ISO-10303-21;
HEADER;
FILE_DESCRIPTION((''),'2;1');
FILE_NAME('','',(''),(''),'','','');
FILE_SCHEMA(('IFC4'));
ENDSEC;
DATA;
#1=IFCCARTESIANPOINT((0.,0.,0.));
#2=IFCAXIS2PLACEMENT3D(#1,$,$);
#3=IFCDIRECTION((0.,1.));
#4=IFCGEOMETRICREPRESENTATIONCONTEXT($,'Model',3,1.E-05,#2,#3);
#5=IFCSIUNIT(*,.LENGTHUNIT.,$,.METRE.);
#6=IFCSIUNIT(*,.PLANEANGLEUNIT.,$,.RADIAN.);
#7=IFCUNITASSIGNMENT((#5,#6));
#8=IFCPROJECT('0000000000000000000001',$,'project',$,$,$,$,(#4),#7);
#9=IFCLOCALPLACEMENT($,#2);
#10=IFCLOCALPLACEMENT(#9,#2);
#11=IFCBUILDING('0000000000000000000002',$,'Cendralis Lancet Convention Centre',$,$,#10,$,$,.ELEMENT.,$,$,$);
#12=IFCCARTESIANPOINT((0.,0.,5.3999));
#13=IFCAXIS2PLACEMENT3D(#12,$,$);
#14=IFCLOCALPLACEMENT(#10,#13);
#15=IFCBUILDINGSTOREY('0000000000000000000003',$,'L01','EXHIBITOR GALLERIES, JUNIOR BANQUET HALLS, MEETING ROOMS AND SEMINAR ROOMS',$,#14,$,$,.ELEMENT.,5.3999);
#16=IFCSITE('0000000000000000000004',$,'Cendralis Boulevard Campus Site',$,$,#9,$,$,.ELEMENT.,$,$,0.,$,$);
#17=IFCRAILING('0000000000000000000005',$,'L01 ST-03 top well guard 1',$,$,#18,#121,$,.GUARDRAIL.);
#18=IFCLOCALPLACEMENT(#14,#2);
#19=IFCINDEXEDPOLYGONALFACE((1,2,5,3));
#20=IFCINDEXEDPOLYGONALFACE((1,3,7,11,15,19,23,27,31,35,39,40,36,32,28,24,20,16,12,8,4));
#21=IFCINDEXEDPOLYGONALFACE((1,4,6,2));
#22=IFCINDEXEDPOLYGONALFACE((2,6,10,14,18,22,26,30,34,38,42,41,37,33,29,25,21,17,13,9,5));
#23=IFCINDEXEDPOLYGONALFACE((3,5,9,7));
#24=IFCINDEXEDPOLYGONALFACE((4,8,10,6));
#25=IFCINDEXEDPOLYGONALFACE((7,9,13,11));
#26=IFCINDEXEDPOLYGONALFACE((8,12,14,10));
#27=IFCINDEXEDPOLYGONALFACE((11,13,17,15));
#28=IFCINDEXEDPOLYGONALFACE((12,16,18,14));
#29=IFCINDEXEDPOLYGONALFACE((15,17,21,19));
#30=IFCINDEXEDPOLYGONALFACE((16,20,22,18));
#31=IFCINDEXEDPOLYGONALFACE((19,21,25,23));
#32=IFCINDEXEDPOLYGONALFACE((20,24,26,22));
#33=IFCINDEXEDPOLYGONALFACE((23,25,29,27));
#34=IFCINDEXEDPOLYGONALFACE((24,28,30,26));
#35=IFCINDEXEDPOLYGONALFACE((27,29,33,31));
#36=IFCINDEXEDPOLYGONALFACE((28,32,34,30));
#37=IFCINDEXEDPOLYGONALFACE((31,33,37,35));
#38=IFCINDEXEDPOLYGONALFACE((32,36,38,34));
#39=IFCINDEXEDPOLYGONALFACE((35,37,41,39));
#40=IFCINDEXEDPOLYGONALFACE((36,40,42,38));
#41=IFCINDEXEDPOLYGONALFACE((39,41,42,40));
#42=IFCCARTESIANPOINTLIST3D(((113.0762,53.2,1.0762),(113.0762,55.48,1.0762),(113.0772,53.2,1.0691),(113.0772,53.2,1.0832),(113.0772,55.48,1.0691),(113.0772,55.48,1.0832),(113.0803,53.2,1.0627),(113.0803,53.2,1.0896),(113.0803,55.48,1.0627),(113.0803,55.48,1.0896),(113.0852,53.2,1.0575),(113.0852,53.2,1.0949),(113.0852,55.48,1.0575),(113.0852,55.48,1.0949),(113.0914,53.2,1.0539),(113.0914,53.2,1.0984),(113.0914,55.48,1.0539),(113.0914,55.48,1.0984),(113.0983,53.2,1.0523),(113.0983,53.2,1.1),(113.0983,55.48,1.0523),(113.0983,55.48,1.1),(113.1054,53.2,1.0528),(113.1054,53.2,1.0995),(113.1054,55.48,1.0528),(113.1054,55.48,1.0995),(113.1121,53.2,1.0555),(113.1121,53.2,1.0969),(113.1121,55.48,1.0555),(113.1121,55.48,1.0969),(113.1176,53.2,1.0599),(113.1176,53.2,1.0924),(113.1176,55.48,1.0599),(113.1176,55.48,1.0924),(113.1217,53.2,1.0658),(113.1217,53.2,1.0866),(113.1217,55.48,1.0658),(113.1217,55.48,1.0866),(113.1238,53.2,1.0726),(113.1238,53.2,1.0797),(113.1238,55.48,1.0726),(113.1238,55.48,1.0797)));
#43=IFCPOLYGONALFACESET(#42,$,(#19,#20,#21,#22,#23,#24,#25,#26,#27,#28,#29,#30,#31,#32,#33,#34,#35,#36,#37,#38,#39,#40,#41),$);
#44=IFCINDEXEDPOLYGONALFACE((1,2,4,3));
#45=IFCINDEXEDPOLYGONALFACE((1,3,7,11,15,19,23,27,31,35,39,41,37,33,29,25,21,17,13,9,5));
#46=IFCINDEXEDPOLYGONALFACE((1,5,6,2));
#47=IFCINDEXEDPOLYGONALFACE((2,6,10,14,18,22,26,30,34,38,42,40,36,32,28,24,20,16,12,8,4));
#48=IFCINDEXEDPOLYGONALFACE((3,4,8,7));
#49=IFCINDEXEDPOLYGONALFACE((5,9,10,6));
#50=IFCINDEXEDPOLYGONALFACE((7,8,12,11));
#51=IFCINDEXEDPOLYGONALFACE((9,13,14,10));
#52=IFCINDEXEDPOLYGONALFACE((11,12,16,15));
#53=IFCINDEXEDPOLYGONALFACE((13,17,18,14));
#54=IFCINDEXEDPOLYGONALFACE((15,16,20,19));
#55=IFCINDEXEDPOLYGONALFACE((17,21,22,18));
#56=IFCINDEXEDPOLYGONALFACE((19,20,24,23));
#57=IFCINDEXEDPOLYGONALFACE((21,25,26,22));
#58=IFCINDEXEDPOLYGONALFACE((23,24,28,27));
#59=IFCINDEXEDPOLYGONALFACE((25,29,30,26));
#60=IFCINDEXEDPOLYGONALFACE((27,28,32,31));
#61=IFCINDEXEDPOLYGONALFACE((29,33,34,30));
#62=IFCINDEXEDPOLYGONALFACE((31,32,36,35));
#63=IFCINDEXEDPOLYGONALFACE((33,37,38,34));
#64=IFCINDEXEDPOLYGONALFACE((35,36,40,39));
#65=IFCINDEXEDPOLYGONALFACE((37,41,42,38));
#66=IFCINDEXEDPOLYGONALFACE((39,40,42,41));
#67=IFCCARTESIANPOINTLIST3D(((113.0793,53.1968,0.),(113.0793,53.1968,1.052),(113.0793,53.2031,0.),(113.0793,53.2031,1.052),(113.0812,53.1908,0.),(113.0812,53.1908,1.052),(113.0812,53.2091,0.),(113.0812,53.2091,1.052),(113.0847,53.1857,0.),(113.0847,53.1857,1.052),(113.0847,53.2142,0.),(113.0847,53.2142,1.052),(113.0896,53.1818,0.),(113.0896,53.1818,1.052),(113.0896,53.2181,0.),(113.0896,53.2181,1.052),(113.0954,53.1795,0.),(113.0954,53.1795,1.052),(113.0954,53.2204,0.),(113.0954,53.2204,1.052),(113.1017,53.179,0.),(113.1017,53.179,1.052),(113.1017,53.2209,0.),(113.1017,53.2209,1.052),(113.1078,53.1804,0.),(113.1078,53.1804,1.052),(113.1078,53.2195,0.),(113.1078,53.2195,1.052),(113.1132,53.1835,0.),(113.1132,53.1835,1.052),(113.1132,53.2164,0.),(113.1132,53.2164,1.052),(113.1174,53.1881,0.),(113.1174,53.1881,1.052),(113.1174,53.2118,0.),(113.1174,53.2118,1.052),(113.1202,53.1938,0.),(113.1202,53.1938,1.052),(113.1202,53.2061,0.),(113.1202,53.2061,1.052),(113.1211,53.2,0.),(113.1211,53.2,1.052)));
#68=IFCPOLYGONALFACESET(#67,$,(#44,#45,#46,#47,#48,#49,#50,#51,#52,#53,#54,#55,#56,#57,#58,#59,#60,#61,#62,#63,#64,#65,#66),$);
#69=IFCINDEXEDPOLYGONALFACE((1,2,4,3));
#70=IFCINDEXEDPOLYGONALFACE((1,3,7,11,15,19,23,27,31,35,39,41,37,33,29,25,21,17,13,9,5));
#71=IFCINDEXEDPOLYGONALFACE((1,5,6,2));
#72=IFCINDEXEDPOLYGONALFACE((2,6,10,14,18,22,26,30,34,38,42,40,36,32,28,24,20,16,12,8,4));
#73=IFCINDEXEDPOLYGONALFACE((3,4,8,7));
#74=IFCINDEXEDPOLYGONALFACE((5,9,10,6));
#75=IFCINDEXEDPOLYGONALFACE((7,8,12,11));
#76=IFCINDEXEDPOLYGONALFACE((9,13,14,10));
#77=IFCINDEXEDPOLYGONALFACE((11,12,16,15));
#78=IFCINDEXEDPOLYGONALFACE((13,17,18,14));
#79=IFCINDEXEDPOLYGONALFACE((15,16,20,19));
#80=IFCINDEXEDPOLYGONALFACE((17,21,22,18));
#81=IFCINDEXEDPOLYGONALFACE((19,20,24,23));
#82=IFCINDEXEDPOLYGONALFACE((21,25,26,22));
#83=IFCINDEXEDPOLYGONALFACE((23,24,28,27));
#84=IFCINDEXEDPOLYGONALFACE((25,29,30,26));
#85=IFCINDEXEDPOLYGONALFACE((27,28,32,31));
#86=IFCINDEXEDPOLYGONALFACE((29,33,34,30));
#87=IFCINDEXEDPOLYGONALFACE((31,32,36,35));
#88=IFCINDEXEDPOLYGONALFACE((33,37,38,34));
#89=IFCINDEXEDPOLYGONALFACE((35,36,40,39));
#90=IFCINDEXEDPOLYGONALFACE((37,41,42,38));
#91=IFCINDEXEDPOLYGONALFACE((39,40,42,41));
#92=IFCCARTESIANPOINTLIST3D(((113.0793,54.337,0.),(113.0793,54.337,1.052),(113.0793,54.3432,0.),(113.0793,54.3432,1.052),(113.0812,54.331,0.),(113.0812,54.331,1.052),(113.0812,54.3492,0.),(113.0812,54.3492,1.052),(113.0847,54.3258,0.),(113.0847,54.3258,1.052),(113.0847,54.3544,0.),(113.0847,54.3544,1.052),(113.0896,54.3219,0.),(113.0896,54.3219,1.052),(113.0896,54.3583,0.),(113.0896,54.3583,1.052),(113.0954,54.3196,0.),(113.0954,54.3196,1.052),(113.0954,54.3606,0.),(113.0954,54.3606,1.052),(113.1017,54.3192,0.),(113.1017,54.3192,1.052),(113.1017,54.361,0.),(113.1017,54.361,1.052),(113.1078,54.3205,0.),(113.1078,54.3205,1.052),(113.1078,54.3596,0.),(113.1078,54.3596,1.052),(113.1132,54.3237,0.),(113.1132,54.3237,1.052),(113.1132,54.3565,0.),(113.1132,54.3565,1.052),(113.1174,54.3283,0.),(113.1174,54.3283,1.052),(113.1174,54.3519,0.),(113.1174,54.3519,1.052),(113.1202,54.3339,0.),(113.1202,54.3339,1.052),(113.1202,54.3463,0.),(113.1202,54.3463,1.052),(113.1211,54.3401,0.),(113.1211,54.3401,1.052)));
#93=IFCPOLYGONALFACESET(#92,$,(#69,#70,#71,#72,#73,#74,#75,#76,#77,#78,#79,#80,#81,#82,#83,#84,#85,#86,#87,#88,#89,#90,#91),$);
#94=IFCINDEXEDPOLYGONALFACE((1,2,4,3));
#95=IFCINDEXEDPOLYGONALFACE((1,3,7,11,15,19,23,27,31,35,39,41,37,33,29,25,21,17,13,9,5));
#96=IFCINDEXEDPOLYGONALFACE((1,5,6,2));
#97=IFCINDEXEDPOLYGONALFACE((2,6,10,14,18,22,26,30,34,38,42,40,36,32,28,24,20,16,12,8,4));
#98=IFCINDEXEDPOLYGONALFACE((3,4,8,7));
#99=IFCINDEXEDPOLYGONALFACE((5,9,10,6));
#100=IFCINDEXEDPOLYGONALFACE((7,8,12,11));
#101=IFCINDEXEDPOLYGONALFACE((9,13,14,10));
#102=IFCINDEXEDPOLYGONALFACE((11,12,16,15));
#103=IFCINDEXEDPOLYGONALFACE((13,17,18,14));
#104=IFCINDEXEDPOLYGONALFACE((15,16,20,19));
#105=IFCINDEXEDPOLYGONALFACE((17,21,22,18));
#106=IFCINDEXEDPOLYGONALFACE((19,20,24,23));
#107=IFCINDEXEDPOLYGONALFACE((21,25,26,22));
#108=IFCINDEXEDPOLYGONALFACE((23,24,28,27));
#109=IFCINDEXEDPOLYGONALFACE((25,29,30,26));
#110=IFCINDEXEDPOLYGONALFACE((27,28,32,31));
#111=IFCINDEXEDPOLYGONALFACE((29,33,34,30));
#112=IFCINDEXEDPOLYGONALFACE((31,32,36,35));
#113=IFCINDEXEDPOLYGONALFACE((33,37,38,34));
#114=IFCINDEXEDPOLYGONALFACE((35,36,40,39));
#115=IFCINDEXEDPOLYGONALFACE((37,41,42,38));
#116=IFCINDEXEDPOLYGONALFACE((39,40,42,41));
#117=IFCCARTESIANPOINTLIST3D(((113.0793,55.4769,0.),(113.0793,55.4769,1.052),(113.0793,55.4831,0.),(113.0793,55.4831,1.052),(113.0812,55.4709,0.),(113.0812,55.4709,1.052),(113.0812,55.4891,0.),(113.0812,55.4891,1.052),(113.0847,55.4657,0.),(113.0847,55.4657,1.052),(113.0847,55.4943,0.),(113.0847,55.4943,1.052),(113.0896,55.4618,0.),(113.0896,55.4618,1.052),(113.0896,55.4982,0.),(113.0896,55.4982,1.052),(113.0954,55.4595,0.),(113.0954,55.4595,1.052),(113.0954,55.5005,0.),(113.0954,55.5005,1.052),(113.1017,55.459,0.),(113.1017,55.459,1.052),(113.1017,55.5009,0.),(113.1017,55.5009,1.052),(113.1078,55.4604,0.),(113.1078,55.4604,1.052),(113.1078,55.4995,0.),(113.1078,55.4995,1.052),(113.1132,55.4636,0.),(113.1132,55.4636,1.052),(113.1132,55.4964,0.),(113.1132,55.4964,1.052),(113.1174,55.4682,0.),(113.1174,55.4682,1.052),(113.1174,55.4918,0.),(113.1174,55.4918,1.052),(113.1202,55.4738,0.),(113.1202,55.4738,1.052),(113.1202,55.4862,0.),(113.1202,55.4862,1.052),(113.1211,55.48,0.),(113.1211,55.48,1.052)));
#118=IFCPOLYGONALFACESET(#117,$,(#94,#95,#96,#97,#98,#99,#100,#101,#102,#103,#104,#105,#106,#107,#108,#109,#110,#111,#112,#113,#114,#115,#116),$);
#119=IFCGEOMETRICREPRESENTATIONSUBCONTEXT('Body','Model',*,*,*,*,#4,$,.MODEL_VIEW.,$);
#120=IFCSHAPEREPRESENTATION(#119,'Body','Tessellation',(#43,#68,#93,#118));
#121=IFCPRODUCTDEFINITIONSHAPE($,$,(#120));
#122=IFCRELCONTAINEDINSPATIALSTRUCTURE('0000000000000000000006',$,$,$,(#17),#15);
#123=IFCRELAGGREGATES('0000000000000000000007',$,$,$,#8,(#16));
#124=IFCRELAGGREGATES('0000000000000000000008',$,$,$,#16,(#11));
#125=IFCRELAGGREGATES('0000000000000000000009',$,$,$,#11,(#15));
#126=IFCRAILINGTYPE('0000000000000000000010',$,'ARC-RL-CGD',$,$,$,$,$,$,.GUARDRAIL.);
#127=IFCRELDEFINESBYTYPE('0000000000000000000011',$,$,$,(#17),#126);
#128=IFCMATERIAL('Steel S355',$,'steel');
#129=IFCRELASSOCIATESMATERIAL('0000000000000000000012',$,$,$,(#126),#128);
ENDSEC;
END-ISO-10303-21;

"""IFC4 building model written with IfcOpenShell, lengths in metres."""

from ifc_helpers import new_model, si_unit, direction, frame, origin, origin_2d, place, context, subcontext, project, spatial, circle, extrude, material, type_object, element, save


model = new_model("IFC4")

# Units and contexts
model_context = context("Model", 3, precision=1e-05, world=origin(), true_north=direction((0.0, 1.0)))
body_context = subcontext(model_context, "Body", "Model", "MODEL_VIEW")
ifc_project = project(units=[si_unit("LENGTHUNIT", "METRE"), si_unit("PLANEANGLEUNIT", "RADIAN")], contexts=[model_context])

# Site, building, storey
site_placement = place(None, origin())
site = spatial("IfcSite", under=ifc_project, at=site_placement, Name="Cendralis Boulevard Campus Site", CompositionType="ELEMENT", RefElevation=0.0)
building_placement = place(site_placement, origin())
building = spatial("IfcBuilding", under=site, at=building_placement, Name="Cendralis Lancet Convention Centre", CompositionType="ELEMENT")
storey_placement = place(building_placement, frame((0.0, 0.0, 5.3999)))
storey = spatial("IfcBuildingStorey", under=building, at=storey_placement, Name="L01", Description="EXHIBITOR GALLERIES, JUNIOR BANQUET HALLS, MEETING ROOMS AND SEMINAR ROOMS", CompositionType="ELEMENT", Elevation=5.3999)

# Shared definitions
ifc_material_1 = material(Name="Steel S355", Category="steel")

# Railing
railing_type_1 = type_object("IfcRailingType", Name="ARC-RL-CGD", PredefinedType="GUARDRAIL", material=ifc_material_1)
railing_1_placement = place(storey_placement, frame((113.1001, 53.2, 0.0)))
element("IfcRailing", 1, at=railing_1_placement, inside=storey, type_object=railing_type_1, Name="L01 ST-03 top well guard 1", PredefinedType="GUARDRAIL", context=body_context, shape_type="SweptSolid", body=[
    extrude(circle(Radius=0.0239, at=origin_2d()), frame((0.0, 0.0, 1.0762), z_axis=(0.0, 1.0, 0.0), x_axis=(-1.0, 0.0, 0.0)), (0.0, 0.0, 1.0), 2.28),
    extrude(circle(Radius=0.021, at=origin_2d()), origin(), (0.0, 0.0, 1.0), 1.052),
    extrude(circle(Radius=0.021, at=origin_2d()), frame((0.0, 1.1401, 0.0)), (0.0, 0.0, 1.0), 1.052),
    extrude(circle(Radius=0.021, at=origin_2d()), frame((0.0, 2.28, 0.0)), (0.0, 0.0, 1.0), 1.052),
])

save(model, "model.ifc")
